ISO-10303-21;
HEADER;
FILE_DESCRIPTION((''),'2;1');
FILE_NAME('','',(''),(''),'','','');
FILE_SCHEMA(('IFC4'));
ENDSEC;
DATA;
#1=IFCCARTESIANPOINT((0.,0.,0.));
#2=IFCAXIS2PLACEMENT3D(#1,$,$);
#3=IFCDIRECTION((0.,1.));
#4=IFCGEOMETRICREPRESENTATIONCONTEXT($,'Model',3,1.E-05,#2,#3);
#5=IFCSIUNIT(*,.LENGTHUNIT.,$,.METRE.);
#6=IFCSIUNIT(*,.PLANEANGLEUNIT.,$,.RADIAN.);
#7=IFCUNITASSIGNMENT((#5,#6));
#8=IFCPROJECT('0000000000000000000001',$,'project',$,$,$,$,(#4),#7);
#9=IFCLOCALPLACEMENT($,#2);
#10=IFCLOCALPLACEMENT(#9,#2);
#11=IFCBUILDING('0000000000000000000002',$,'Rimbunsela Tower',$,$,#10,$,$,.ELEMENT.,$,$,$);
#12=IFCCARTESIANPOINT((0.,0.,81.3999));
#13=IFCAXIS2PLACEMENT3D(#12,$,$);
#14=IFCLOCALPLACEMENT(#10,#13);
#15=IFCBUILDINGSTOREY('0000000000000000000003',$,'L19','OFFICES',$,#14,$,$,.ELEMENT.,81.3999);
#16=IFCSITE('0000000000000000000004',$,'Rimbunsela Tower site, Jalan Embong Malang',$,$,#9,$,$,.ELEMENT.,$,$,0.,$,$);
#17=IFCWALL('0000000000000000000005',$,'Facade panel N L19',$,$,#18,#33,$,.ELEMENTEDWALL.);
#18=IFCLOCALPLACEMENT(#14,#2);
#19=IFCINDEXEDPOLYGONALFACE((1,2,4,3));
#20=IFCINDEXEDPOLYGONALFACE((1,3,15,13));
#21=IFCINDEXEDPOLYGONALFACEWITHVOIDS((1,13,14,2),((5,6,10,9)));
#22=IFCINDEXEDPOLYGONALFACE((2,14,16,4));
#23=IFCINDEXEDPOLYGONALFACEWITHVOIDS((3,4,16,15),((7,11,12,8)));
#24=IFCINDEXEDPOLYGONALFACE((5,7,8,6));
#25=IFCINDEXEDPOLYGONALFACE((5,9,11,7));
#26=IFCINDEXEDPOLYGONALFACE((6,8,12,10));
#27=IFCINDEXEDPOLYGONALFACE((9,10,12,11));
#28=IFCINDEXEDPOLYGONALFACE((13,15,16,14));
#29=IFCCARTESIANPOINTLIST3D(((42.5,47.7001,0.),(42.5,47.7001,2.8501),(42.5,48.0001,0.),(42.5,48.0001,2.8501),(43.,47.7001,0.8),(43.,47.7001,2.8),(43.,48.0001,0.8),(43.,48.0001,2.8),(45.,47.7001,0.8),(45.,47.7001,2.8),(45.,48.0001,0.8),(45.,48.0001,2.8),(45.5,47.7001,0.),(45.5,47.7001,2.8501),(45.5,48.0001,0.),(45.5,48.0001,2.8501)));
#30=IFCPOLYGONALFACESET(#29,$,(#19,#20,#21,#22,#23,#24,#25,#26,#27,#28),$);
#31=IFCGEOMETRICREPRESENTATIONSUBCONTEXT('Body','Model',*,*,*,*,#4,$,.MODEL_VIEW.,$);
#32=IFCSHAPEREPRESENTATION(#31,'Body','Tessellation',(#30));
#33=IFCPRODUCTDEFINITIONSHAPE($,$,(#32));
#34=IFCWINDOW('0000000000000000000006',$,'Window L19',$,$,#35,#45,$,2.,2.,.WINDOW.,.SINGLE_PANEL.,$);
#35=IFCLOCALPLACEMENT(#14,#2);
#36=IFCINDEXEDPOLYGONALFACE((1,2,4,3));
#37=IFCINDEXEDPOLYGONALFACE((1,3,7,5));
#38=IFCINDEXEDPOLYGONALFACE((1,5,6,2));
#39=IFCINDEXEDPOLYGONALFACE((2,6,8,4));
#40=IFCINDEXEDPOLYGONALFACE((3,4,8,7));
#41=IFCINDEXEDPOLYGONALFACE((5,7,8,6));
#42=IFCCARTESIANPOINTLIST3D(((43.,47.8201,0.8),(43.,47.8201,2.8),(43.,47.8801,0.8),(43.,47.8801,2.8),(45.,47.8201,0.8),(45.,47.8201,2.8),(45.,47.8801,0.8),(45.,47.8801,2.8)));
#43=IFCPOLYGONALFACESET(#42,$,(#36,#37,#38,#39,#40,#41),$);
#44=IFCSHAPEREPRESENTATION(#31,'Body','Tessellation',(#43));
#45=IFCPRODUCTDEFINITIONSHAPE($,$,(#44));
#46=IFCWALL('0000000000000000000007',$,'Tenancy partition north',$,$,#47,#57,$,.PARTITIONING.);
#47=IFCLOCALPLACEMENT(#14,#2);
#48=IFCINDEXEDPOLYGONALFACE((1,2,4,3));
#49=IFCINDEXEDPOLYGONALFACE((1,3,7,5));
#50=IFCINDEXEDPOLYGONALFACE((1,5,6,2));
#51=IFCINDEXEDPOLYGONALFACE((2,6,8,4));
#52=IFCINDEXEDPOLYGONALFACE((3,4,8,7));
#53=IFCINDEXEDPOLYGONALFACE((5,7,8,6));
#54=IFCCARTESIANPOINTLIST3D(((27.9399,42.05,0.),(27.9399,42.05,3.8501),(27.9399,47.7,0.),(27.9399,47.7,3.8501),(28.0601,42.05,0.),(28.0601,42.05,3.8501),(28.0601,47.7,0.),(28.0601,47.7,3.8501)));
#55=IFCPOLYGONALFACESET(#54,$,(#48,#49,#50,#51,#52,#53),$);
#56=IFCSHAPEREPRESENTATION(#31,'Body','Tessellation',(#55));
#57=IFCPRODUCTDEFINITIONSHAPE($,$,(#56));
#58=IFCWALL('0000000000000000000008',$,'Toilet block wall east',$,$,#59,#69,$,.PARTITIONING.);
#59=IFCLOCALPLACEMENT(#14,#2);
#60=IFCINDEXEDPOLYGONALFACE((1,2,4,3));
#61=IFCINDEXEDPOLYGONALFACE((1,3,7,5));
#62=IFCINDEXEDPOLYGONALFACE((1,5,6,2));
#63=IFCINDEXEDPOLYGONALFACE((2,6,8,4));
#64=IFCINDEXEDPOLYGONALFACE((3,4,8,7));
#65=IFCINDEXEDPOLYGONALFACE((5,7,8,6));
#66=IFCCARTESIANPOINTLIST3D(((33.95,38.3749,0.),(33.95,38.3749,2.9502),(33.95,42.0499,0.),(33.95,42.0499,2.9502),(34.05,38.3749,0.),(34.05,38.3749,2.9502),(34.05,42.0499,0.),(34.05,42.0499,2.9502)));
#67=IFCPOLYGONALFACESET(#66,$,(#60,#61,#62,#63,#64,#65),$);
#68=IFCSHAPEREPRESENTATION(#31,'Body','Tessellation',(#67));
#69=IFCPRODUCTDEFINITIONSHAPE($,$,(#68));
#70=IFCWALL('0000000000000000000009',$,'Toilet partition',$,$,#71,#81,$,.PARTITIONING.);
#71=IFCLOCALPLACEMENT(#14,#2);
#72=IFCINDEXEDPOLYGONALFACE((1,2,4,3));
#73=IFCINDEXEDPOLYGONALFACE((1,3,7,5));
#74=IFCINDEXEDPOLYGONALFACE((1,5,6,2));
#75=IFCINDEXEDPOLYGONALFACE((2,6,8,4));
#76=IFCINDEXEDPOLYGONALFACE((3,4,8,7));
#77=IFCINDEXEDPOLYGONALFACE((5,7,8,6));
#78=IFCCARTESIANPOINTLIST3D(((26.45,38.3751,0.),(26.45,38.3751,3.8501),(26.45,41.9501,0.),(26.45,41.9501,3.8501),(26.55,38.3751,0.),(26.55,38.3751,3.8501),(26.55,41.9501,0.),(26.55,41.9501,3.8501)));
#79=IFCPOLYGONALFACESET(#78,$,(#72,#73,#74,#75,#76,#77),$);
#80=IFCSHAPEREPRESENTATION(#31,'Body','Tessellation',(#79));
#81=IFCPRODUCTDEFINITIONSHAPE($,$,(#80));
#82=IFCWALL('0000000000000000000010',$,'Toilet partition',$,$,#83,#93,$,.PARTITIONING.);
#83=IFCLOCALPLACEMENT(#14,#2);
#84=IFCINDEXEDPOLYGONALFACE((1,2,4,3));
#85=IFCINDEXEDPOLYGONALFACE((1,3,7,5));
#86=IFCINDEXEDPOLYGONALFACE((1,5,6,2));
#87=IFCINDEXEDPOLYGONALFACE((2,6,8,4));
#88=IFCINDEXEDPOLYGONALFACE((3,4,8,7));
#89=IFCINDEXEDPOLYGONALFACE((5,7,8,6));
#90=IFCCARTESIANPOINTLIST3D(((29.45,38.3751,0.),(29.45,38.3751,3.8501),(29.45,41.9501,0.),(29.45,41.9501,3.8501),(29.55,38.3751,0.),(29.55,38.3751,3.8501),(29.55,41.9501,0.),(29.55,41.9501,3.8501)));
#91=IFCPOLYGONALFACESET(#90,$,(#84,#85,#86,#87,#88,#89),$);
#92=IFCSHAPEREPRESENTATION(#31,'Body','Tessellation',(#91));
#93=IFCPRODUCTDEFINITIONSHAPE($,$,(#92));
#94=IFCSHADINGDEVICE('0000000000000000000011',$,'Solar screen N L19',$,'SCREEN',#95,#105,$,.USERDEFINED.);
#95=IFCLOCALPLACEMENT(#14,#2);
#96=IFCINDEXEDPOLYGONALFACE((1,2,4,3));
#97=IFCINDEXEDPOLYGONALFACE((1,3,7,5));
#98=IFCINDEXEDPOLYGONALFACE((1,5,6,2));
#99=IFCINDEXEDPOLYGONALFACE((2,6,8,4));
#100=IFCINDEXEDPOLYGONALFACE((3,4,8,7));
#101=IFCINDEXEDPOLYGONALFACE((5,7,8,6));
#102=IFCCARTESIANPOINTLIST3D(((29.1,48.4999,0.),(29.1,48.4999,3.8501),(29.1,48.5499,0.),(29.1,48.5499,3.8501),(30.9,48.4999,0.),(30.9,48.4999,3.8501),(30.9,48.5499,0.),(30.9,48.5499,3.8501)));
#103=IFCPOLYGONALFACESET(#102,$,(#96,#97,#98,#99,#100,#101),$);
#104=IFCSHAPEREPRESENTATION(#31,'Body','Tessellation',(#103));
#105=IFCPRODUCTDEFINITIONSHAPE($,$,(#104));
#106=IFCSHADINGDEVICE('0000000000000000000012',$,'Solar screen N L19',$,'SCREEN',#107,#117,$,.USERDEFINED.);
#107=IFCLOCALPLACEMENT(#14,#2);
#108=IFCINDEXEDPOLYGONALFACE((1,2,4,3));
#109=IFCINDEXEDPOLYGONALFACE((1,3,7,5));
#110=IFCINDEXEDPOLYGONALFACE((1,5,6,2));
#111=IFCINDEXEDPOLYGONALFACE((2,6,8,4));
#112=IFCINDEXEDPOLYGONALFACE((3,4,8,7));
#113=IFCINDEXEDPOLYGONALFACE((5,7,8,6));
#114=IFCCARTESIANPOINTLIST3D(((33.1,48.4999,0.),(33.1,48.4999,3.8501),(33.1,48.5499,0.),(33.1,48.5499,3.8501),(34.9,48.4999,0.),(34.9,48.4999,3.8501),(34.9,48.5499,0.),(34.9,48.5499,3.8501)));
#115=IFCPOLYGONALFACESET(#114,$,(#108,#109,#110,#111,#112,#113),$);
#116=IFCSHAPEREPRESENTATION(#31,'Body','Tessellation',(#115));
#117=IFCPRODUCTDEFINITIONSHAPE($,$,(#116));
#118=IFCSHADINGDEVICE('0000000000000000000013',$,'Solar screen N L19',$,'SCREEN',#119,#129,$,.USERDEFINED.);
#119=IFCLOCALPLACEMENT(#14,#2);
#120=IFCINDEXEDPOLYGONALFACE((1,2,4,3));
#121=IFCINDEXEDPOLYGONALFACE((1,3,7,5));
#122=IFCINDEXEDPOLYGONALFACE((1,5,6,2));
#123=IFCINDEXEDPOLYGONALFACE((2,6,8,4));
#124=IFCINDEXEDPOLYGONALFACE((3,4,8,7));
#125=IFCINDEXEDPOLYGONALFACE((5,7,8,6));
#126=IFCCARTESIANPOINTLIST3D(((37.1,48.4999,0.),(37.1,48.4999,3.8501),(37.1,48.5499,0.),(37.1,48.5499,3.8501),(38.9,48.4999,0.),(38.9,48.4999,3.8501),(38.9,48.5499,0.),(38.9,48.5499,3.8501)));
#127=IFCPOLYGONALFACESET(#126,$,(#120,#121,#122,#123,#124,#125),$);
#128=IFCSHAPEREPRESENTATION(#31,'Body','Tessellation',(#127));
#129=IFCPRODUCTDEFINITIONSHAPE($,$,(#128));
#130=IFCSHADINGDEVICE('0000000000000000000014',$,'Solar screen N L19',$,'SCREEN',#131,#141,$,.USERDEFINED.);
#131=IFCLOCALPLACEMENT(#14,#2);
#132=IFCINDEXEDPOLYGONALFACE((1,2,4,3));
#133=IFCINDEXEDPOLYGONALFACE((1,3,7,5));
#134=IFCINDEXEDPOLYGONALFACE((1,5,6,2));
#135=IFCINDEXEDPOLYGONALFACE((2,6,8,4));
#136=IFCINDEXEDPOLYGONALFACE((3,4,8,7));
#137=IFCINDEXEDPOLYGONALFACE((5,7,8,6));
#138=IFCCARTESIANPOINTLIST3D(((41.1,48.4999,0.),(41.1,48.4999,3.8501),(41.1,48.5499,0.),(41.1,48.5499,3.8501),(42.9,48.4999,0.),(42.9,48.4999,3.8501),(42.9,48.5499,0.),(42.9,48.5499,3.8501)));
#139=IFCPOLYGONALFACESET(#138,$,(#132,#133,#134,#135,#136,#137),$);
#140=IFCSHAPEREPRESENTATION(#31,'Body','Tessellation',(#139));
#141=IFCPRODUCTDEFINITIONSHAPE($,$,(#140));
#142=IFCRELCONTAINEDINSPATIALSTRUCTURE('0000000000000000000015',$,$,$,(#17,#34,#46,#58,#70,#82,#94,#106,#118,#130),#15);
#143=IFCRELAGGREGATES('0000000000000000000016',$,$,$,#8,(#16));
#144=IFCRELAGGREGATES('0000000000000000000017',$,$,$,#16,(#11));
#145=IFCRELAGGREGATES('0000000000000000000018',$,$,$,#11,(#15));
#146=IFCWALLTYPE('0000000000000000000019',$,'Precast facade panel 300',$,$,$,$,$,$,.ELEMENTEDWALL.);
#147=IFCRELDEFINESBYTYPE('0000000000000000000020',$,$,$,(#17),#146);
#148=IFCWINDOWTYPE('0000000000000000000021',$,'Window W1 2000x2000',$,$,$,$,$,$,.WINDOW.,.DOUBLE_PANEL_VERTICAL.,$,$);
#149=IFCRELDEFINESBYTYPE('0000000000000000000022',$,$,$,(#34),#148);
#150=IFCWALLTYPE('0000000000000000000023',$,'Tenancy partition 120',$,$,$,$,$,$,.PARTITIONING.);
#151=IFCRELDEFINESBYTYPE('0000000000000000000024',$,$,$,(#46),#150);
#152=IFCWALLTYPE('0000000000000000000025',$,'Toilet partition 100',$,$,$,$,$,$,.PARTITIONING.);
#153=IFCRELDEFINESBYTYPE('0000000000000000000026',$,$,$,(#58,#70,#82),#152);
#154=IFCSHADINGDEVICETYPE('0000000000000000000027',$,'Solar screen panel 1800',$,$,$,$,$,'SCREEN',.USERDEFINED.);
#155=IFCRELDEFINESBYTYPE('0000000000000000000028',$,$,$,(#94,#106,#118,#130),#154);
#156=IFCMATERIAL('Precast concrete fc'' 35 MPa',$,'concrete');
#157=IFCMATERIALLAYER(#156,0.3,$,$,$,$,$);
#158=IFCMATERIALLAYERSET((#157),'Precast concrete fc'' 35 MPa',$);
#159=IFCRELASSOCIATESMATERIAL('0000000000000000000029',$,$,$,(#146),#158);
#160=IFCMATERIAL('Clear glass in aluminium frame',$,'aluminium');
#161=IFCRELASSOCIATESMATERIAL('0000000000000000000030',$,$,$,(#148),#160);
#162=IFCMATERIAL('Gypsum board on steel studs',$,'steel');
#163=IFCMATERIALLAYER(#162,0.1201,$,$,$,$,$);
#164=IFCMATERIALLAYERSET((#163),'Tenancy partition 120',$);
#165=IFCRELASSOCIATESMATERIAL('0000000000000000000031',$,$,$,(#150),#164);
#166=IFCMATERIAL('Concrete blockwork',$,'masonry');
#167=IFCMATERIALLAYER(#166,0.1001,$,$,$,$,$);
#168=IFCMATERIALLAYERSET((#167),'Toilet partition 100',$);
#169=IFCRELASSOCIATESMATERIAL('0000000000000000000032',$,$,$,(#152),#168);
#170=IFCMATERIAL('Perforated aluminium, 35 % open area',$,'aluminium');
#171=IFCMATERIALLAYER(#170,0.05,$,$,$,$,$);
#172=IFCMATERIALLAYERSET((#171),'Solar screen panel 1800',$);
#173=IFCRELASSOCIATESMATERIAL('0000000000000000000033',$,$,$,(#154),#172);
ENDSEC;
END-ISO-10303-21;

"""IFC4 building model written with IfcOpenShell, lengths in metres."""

from ifc_helpers import new_model, si_unit, direction, frame, frame_2d, origin, origin_2d, place, context, subcontext, project, spatial, rectangle, extrude, material, layer, layer_set, type_object, element, fill, save


model = new_model("IFC4")

# Units and contexts
model_context = context("Model", 3, precision=1e-05, world=origin(), true_north=direction((0.0, 1.0)))
body_context = subcontext(model_context, "Body", "Model", "MODEL_VIEW")
ifc_project = project(units=[si_unit("LENGTHUNIT", "METRE"), si_unit("PLANEANGLEUNIT", "RADIAN")], contexts=[model_context])

# Site, building, storey
site_placement = place(None, origin())
site = spatial("IfcSite", under=ifc_project, at=site_placement, Name="Rimbunsela Tower site, Jalan Embong Malang", CompositionType="ELEMENT", RefElevation=0.0)
building_placement = place(site_placement, origin())
building = spatial("IfcBuilding", under=site, at=building_placement, Name="Rimbunsela Tower", CompositionType="ELEMENT")
storey_placement = place(building_placement, frame((0.0, 0.0, 81.3999)))
storey = spatial("IfcBuildingStorey", under=building, at=storey_placement, Name="L19", Description="OFFICES", CompositionType="ELEMENT", Elevation=81.3999)

# Shared definitions
ifc_material_1 = material(Name="Precast concrete fc' 35 MPa", Category="concrete")
ifc_layer_1 = layer(ifc_material_1, 0.3)
ifc_layer_set_1 = layer_set([ifc_layer_1], Name="Precast concrete fc' 35 MPa")
wall_type_1 = type_object("IfcWallType", Name="Precast facade panel 300", PredefinedType="ELEMENTEDWALL", material=ifc_layer_set_1)

# Wall, opening, window
ifc_material_2 = material(Name="Clear glass in aluminium frame", Category="aluminium")
window_type_1 = type_object("IfcWindowType", Name="Window W1 2000x2000", PartitioningType="DOUBLE_PANEL_VERTICAL", PredefinedType="WINDOW", material=ifc_material_2)
wall_1_placement = place(storey_placement, frame((45.5, 47.8501, 0.0), z_axis=(0.0, 0.0, 1.0), x_axis=(-1.0, 0.0, 0.0)))
wall_1 = element("IfcWall", 1, at=wall_1_placement, inside=storey, type_object=wall_type_1, Name="Facade panel N L19", PredefinedType="ELEMENTEDWALL", context=body_context, shape_type="SweptSolid", body=[
    extrude(rectangle(XDim=3.0, YDim=0.3, at=frame_2d((1.5, 0.0))), origin(), (0.0, 0.0, 1.0), 2.8501),
])
opening_1_placement = place(wall_1_placement, frame((0.5, 0.0, 0.8)))
opening_1 = element("IfcOpeningElement", 2, at=opening_1_placement, cuts=wall_1, PredefinedType="OPENING", context=body_context, shape_type="SweptSolid", body=[
    extrude(rectangle(XDim=2.0, YDim=2.0, at=frame_2d((1.0, 1.0))), frame((0.0, 0.1599, 0.0), z_axis=(0.0, -1.0, 0.0), x_axis=(1.0, 0.0, 0.0)), (0.0, 0.0, 1.0), 0.3201),
])
window_1_placement = place(opening_1_placement, origin())
window_1 = element("IfcWindow", 3, at=window_1_placement, inside=storey, type_object=window_type_1, Name="Window L19", OverallHeight=2.0, OverallWidth=2.0, PartitioningType="SINGLE_PANEL", PredefinedType="WINDOW", context=body_context, shape_type="SweptSolid", body=[
    extrude(rectangle(XDim=2.0, YDim=2.0, at=frame_2d((1.0, 1.0))), frame((0.0, 0.03, 0.0), z_axis=(0.0, -1.0, 0.0), x_axis=(1.0, 0.0, 0.0)), (0.0, 0.0, 1.0), 0.0601),
])
fill(opening_1, window_1)

# Walls
ifc_material_3 = material(Name="Gypsum board on steel studs", Category="steel")
ifc_layer_2 = layer(ifc_material_3, 0.1201)
ifc_layer_set_2 = layer_set([ifc_layer_2], Name="Tenancy partition 120")
wall_type_2 = type_object("IfcWallType", Name="Tenancy partition 120", PredefinedType="PARTITIONING", material=ifc_layer_set_2)
wall_2_placement = place(storey_placement, frame((28.0, 42.05, 0.0), z_axis=(0.0, 0.0, 1.0), x_axis=(0.0, 1.0, 0.0)))
element("IfcWall", 4, at=wall_2_placement, inside=storey, type_object=wall_type_2, Name="Tenancy partition north", PredefinedType="PARTITIONING", context=body_context, shape_type="SweptSolid", body=[
    extrude(rectangle(XDim=5.6499, YDim=0.1201, at=frame_2d((2.825, 0.0))), origin(), (0.0, 0.0, 1.0), 3.8501),
])
ifc_material_4 = material(Name="Concrete blockwork", Category="masonry")
ifc_layer_3 = layer(ifc_material_4, 0.1001)
ifc_layer_set_3 = layer_set([ifc_layer_3], Name="Toilet partition 100")
wall_type_3 = type_object("IfcWallType", Name="Toilet partition 100", PredefinedType="PARTITIONING", material=ifc_layer_set_3)
wall_3_placement = place(storey_placement, frame((34.0, 38.375, 0.0), z_axis=(0.0, 0.0, 1.0), x_axis=(0.0, 1.0, 0.0)))
element("IfcWall", 5, at=wall_3_placement, inside=storey, type_object=wall_type_3, Name="Toilet block wall east", PredefinedType="PARTITIONING", context=body_context, shape_type="SweptSolid", body=[
    extrude(rectangle(XDim=3.675, YDim=0.1001, at=frame_2d((1.8374, 0.0))), origin(), (0.0, 0.0, 1.0), 2.9502),
])
for number, where, z_axis, x_axis, name in (
    (6, (26.5, 38.375, 0.0), (0.0, 0.0, 1.0), (0.0, 1.0, 0.0), "Toilet partition"),
    (7, (29.5, 38.375, 0.0), (0.0, 0.0, 1.0), (0.0, 1.0, 0.0), "Toilet partition"),
):
    element("IfcWall", number, at=place(storey_placement, frame(where, z_axis=z_axis, x_axis=x_axis)), inside=storey, type_object=wall_type_3, Name=name, PredefinedType="PARTITIONING", context=body_context, shape_type="SweptSolid", body=[
        extrude(rectangle(XDim=3.575, YDim=0.1001, at=frame_2d((1.7876, 0.0))), origin(), (0.0, 0.0, 1.0), 3.8501),
    ])

# Shading devices
ifc_material_5 = material(Name="Perforated aluminium, 35 % open area", Category="aluminium")
ifc_layer_4 = layer(ifc_material_5, 0.05)
ifc_layer_set_4 = layer_set([ifc_layer_4], Name="Solar screen panel 1800")
shading_device_type = type_object("IfcShadingDeviceType", Name="Solar screen panel 1800", ElementType="SCREEN", PredefinedType="USERDEFINED", material=ifc_layer_set_4)
for number, where, z_axis, x_axis, name in (
    (8, (30.0, 48.5249, 0.0), (0.0, 0.0, 1.0), (1.0, 0.0, 0.0), "Solar screen N L19"),
    (9, (34.0, 48.5249, 0.0), (0.0, 0.0, 1.0), (1.0, 0.0, 0.0), "Solar screen N L19"),
    (10, (38.0, 48.5249, 0.0), (0.0, 0.0, 1.0), (1.0, 0.0, 0.0), "Solar screen N L19"),
    (11, (42.0, 48.5249, 0.0), (0.0, 0.0, 1.0), (1.0, 0.0, 0.0), "Solar screen N L19"),
):
    element("IfcShadingDevice", number, at=place(storey_placement, frame(where, z_axis=z_axis, x_axis=x_axis)), inside=storey, type_object=shading_device_type, Name=name, ObjectType="SCREEN", PredefinedType="USERDEFINED", context=body_context, shape_type="SweptSolid", body=[
        extrude(rectangle(XDim=1.8, YDim=0.05, at=origin_2d()), origin(), (0.0, 0.0, 1.0), 3.8501),
    ])

save(model, "model.ifc")
